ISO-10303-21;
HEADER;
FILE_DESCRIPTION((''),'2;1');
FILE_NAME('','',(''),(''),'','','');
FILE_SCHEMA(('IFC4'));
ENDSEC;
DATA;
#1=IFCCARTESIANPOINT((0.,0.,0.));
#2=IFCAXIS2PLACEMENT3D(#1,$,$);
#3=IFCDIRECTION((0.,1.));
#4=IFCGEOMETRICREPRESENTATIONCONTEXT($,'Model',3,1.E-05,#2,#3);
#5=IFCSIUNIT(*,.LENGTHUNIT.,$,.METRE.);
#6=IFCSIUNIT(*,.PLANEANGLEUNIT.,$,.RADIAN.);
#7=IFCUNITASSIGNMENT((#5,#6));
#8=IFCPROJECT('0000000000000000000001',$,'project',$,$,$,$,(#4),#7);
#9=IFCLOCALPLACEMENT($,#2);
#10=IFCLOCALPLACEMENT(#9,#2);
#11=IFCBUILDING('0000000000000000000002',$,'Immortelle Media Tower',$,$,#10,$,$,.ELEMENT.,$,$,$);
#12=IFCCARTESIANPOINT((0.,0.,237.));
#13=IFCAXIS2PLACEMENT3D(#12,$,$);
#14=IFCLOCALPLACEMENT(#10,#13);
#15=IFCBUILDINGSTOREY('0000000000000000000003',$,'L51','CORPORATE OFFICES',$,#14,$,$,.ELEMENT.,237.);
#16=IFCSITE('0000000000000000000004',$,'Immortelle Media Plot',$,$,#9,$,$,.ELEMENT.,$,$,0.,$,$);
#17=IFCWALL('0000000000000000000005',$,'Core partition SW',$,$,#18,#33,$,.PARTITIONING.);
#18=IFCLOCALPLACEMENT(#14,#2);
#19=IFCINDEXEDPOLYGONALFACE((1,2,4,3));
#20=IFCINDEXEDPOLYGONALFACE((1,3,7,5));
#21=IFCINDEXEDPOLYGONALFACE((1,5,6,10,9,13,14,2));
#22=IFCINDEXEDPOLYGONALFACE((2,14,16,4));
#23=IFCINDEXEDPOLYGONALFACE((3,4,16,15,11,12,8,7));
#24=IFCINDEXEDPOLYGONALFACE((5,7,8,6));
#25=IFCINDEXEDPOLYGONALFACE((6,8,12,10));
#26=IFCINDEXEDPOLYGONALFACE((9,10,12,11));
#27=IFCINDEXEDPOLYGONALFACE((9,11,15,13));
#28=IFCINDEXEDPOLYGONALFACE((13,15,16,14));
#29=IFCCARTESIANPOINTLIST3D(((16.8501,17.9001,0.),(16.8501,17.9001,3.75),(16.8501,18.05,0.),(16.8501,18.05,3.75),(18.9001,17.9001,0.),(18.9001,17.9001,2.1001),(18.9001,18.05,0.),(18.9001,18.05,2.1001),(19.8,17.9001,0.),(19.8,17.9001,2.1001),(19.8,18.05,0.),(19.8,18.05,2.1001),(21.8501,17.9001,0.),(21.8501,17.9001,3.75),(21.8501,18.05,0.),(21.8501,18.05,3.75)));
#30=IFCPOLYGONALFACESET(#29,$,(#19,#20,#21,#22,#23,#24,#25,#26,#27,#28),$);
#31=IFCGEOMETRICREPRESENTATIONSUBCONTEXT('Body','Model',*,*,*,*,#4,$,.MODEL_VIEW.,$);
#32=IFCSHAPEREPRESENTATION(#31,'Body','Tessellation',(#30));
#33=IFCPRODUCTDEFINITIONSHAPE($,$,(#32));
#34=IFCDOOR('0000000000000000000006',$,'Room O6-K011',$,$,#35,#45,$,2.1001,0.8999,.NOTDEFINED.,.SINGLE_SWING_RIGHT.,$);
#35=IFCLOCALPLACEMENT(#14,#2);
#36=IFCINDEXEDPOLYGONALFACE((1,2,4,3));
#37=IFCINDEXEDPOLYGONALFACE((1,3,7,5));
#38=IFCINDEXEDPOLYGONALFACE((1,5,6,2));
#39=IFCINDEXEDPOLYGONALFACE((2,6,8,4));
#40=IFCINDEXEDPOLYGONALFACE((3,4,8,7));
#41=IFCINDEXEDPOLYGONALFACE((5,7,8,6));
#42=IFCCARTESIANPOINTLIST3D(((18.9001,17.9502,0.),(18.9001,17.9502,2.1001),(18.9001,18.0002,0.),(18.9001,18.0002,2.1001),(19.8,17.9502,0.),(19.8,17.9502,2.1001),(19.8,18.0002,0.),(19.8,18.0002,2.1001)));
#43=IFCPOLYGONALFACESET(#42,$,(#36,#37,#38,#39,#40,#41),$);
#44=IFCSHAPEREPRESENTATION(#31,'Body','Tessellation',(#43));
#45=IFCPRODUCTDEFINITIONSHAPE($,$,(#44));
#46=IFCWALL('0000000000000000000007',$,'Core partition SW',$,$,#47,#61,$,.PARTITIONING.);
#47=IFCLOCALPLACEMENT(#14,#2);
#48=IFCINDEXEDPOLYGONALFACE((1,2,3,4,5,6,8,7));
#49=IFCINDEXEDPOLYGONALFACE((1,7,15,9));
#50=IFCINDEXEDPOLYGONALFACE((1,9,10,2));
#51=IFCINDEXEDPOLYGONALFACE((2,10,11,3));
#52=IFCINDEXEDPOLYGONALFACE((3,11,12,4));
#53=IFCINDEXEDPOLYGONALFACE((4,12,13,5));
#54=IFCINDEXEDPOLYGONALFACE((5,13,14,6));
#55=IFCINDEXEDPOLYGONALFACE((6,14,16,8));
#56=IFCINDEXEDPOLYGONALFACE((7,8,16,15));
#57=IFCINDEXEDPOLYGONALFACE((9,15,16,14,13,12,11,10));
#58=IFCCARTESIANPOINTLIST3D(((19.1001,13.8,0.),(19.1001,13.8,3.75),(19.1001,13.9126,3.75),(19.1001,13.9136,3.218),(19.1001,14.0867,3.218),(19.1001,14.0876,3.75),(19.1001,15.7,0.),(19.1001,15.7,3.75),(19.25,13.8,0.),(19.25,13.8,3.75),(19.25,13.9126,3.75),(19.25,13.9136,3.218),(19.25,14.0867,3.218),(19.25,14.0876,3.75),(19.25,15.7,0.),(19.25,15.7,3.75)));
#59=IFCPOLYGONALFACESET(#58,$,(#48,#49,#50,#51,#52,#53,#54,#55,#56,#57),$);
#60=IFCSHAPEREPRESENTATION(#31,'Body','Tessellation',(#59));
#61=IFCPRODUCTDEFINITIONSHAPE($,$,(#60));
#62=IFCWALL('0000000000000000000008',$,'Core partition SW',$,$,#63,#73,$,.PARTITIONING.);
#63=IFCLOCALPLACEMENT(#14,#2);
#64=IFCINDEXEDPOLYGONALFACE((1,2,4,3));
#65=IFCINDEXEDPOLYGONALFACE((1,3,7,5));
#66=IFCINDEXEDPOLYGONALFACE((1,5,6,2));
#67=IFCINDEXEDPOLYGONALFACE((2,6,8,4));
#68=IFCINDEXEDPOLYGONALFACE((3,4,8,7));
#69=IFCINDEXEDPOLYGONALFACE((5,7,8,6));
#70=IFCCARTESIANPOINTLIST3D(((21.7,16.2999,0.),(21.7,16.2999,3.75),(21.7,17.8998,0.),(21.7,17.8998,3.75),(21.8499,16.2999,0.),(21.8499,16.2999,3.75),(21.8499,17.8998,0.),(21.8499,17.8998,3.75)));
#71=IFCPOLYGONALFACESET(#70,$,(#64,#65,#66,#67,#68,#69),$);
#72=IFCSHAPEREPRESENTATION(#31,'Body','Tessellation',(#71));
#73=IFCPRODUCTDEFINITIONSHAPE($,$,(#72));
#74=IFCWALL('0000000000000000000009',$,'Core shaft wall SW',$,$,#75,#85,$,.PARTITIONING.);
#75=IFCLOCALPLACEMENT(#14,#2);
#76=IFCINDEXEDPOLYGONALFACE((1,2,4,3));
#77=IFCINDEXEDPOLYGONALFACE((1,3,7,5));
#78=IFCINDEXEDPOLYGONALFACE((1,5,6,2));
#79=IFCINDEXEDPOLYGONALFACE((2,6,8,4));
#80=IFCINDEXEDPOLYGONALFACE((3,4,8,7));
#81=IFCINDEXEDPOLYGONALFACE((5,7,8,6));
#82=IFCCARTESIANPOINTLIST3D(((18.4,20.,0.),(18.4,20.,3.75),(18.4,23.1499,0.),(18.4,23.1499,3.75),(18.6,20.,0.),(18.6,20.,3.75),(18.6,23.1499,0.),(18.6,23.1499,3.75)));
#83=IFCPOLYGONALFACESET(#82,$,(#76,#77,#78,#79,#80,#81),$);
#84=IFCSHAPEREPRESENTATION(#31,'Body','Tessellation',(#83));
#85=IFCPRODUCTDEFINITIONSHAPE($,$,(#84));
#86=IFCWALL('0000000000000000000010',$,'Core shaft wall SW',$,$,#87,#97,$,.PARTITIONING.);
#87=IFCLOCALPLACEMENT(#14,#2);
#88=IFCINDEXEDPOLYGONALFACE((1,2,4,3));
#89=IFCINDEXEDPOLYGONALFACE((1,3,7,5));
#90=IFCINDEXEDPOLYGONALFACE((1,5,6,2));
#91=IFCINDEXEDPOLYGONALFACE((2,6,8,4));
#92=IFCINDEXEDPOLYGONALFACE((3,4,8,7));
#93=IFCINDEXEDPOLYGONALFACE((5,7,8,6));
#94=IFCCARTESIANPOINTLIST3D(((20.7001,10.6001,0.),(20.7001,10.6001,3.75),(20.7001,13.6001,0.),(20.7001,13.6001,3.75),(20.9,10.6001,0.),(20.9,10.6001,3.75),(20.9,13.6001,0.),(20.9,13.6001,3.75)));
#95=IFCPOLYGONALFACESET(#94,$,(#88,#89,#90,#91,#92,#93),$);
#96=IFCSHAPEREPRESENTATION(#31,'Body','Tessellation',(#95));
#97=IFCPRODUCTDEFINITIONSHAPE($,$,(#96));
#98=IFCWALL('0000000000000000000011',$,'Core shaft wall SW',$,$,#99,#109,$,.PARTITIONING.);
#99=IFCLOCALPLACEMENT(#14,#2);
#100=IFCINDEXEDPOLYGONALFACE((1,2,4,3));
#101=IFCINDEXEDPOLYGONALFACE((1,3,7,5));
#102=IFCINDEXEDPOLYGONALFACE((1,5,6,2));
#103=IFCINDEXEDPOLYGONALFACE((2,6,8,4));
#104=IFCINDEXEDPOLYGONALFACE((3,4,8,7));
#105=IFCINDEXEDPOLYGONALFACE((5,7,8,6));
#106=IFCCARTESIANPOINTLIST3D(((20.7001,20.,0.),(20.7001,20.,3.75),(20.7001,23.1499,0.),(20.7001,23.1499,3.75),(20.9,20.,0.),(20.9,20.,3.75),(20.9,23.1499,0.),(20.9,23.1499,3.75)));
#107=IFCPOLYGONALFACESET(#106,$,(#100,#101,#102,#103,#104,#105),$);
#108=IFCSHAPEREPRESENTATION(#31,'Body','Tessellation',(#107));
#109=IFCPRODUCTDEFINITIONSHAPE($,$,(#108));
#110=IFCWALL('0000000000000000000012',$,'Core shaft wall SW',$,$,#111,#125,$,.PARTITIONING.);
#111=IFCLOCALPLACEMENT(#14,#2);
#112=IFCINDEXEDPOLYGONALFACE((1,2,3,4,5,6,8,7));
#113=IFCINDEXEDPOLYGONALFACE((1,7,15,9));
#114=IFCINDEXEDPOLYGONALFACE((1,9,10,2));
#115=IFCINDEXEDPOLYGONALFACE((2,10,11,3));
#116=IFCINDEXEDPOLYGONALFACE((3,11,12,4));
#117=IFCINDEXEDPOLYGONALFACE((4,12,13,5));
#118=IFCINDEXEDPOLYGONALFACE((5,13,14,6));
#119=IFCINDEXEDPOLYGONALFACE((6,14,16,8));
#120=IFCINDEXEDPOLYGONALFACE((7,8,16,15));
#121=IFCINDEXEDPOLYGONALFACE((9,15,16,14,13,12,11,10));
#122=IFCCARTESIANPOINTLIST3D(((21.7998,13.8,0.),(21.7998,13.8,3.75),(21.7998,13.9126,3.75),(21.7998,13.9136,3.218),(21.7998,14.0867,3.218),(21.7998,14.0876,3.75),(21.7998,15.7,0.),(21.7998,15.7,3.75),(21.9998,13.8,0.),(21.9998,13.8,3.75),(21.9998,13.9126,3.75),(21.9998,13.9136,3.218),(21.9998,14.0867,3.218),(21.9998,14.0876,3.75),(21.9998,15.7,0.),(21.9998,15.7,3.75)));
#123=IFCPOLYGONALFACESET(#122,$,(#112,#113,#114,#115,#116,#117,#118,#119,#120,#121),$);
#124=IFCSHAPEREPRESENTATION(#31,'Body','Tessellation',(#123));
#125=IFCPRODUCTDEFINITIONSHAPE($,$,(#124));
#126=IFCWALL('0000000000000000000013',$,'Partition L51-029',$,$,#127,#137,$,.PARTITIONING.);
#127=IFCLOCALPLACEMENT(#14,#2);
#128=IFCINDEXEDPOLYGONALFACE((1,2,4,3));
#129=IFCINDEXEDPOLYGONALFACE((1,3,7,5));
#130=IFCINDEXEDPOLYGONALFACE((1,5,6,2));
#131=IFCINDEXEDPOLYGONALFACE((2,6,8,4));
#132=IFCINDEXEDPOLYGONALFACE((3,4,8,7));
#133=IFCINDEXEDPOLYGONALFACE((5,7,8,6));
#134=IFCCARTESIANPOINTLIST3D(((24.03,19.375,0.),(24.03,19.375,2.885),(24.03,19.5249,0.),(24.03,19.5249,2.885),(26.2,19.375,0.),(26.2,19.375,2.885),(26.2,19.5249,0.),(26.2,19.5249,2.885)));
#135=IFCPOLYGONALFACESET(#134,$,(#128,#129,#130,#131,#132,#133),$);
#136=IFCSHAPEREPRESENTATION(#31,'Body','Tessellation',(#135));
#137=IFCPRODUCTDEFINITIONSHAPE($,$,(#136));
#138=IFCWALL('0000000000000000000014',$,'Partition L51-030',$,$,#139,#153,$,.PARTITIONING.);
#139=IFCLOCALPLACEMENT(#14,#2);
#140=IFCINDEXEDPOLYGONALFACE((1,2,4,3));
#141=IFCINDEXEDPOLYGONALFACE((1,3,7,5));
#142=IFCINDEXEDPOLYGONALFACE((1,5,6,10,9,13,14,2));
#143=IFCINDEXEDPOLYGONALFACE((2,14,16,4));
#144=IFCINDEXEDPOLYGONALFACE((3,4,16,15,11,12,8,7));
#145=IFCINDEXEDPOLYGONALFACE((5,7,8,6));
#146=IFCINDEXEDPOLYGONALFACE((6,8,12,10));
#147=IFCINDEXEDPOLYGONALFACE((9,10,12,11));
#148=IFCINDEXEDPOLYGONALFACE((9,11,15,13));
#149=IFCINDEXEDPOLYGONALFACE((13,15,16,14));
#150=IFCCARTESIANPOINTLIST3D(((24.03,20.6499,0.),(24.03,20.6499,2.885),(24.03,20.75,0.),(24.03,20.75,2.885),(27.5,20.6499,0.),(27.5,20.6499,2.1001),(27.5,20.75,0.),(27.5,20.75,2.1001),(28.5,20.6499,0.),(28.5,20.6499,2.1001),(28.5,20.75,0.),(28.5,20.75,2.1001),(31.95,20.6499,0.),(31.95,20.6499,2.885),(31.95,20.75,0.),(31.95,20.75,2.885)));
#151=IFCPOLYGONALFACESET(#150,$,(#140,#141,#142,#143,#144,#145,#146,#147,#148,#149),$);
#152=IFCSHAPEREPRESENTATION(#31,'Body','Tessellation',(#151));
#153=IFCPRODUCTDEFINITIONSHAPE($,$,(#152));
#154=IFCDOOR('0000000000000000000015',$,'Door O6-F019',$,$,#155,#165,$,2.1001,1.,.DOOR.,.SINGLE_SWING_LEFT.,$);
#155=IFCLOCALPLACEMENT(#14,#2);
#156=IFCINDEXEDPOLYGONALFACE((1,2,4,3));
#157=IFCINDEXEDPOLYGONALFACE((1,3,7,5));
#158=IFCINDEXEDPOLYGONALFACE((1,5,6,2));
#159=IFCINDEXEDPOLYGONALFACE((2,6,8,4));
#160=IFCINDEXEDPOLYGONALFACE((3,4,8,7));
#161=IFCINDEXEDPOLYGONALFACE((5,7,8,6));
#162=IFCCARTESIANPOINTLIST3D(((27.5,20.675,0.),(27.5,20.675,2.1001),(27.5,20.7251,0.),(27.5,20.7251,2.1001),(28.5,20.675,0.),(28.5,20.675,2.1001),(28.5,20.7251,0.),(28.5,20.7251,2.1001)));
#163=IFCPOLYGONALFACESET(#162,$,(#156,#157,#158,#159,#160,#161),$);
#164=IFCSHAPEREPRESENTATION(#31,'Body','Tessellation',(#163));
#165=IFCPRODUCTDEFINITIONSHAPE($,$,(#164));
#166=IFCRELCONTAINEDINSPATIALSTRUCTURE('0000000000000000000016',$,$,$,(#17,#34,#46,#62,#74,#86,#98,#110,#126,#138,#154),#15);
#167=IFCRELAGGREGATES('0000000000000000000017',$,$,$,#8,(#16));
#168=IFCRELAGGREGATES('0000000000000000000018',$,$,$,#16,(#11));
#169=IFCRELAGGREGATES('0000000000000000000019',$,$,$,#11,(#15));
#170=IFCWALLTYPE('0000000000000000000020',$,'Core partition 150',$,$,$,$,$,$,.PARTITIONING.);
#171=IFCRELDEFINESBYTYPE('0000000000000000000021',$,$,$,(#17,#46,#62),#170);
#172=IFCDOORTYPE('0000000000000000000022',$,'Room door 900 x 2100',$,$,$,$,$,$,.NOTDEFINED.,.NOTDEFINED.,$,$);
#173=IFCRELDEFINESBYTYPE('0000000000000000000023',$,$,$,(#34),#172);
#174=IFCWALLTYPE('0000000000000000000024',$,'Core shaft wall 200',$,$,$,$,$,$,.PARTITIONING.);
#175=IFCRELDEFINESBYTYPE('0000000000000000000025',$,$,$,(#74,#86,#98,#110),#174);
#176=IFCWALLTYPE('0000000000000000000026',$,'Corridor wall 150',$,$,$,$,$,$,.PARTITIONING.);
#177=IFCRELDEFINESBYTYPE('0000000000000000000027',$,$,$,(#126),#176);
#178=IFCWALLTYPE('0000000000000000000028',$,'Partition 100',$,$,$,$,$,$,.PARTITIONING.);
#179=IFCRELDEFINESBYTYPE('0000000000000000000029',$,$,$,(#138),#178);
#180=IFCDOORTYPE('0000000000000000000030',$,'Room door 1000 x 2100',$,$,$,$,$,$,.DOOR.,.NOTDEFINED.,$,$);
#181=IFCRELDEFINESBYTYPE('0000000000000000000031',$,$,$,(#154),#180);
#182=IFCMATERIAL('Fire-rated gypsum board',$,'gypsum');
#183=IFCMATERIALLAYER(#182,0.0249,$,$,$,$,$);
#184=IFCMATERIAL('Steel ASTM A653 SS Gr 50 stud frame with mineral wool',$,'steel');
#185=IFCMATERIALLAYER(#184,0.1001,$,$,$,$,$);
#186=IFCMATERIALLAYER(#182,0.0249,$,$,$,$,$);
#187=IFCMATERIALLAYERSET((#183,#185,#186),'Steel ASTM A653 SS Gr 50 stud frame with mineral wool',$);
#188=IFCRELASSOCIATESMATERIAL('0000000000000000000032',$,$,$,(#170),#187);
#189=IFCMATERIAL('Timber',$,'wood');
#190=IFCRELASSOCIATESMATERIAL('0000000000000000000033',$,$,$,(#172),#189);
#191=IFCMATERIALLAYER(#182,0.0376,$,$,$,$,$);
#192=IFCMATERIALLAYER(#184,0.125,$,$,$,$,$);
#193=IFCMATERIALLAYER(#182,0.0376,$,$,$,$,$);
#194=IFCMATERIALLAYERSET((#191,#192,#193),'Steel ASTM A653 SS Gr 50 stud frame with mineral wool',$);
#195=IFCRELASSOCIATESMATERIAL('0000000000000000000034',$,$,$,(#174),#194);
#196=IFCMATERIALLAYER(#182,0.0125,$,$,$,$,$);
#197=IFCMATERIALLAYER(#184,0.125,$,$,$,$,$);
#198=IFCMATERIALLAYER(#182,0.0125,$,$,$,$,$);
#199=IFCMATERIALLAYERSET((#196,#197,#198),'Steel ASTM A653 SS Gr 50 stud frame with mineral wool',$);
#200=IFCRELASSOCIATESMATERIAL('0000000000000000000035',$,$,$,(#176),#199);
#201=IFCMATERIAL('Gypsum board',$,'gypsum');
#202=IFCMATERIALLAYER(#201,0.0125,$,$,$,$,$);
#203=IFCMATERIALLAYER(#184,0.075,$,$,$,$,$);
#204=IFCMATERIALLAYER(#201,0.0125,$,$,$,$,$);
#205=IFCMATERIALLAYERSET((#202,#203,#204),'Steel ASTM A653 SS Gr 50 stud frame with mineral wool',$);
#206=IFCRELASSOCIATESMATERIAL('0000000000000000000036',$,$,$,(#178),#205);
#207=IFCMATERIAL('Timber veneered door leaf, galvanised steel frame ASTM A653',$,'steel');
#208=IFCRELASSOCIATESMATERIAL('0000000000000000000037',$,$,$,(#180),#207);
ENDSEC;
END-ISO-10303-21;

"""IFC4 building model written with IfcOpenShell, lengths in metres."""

from ifc_helpers import new_model, si_unit, direction, frame, frame_2d, origin, place, context, subcontext, project, spatial, polyline, rectangle, outline, extrude, material, layer, layer_set, type_object, element, fill, save


model = new_model("IFC4")

# Units and contexts
model_context = context("Model", 3, precision=1e-05, world=origin(), true_north=direction((0.0, 1.0)))
body_context = subcontext(model_context, "Body", "Model", "MODEL_VIEW")
ifc_project = project(units=[si_unit("LENGTHUNIT", "METRE"), si_unit("PLANEANGLEUNIT", "RADIAN")], contexts=[model_context])

# Site, building, storey
site_placement = place(None, origin())
site = spatial("IfcSite", under=ifc_project, at=site_placement, Name="Immortelle Media Plot", CompositionType="ELEMENT", RefElevation=0.0)
building_placement = place(site_placement, origin())
building = spatial("IfcBuilding", under=site, at=building_placement, Name="Immortelle Media Tower", CompositionType="ELEMENT")
storey_placement = place(building_placement, frame((0.0, 0.0, 237.0)))
storey = spatial("IfcBuildingStorey", under=building, at=storey_placement, Name="L51", Description="CORPORATE OFFICES", CompositionType="ELEMENT", Elevation=237.0)

# Shared definitions
ifc_material_1 = material(Name="Fire-rated gypsum board", Category="gypsum")
ifc_layer_1 = layer(ifc_material_1, 0.0249)
ifc_material_2 = material(Name="Steel ASTM A653 SS Gr 50 stud frame with mineral wool", Category="steel")
ifc_layer_2 = layer(ifc_material_2, 0.1001)
ifc_layer_3 = layer(ifc_material_1, 0.0249)
ifc_layer_set_1 = layer_set([ifc_layer_1, ifc_layer_2, ifc_layer_3], Name="Steel ASTM A653 SS Gr 50 stud frame with mineral wool")
wall_type_1 = type_object("IfcWallType", Name="Core partition 150", PredefinedType="PARTITIONING", material=ifc_layer_set_1)

# Wall, opening, door
wall_1_placement = place(storey_placement, frame((16.8501, 17.9751, 0.0), z_axis=(0.0, 0.0, 1.0), x_axis=(1.0, 0.0, 0.0)))
wall_1 = element("IfcWall", 1, at=wall_1_placement, inside=storey, type_object=wall_type_1, Name="Core partition SW", PredefinedType="PARTITIONING", context=body_context, shape_type="SweptSolid", body=[
    extrude(rectangle(XDim=5.0, YDim=0.1499, at=frame_2d((2.5, 0.0))), origin(), (0.0, 0.0, 1.0), 3.75),
])
opening_1_placement = place(wall_1_placement, frame((2.95, 0.0, 0.0), z_axis=(0.0, 0.0, 1.0), x_axis=(-1.0, 0.0, 0.0)))
opening_1 = element("IfcOpeningElement", 2, at=opening_1_placement, cuts=wall_1, PredefinedType="OPENING", context=body_context, shape_type="SweptSolid", body=[
    extrude(rectangle(XDim=0.8999, YDim=2.1001, at=frame_2d((0.45, 1.05))), frame((0.0, 0.085, 0.0), z_axis=(0.0, -1.0, 0.0), x_axis=(1.0, 0.0, 0.0)), (0.0, 0.0, 1.0), 0.1699),
])
ifc_material_3 = material(Name="Timber", Category="wood")
door_type_1 = type_object("IfcDoorType", Name="Room door 900 x 2100", OperationType="NOTDEFINED", PredefinedType="NOTDEFINED", material=ifc_material_3)
door_1_placement = place(opening_1_placement, origin())
door_1 = element("IfcDoor", 3, at=door_1_placement, inside=storey, type_object=door_type_1, Name="Room O6-K011", OperationType="SINGLE_SWING_RIGHT", OverallHeight=2.1001, OverallWidth=0.8999, PredefinedType="NOTDEFINED", context=body_context, shape_type="SweptSolid", body=[
    extrude(rectangle(XDim=0.8999, YDim=2.1001, at=frame_2d((0.45, 1.05))), frame((0.0, 0.0249, 0.0), z_axis=(0.0, -1.0, 0.0), x_axis=(1.0, 0.0, 0.0)), (0.0, 0.0, 1.0), 0.05),
])
fill(opening_1, door_1)

# Walls
wall_2_placement = place(storey_placement, frame((19.175, 13.8, 0.0), z_axis=(0.0, 0.0, 1.0), x_axis=(0.0, 1.0, 0.0)))
element("IfcWall", 4, at=wall_2_placement, inside=storey, type_object=wall_type_1, Name="Core partition SW", PredefinedType="PARTITIONING", context=body_context, shape_type="SweptSolid", body=[
    extrude(outline(polyline([(0.0, 0.0), (1.8999, 0.0), (1.8999, 3.75), (0.2876, 3.75), (0.2866, 3.218), (0.1135, 3.218), (0.1125, 3.75), (0.0, 3.75), (0.0, 0.0)])), frame((0.0, 0.075, 0.0), z_axis=(0.0, -1.0, 0.0), x_axis=(1.0, 0.0, 0.0)), (0.0, 0.0, 1.0), 0.1499),
])
wall_3_placement = place(storey_placement, frame((21.7749, 16.3, 0.0), z_axis=(0.0, 0.0, 1.0), x_axis=(0.0, 1.0, 0.0)))
element("IfcWall", 5, at=wall_3_placement, inside=storey, type_object=wall_type_1, Name="Core partition SW", PredefinedType="PARTITIONING", context=body_context, shape_type="SweptSolid", body=[
    extrude(rectangle(XDim=1.5999, YDim=0.1499, at=frame_2d((0.7998, 0.0))), origin(), (0.0, 0.0, 1.0), 3.75),
])
ifc_layer_4 = layer(ifc_material_1, 0.0376)
ifc_layer_5 = layer(ifc_material_2, 0.125)
ifc_layer_6 = layer(ifc_material_1, 0.0376)
ifc_layer_set_2 = layer_set([ifc_layer_4, ifc_layer_5, ifc_layer_6], Name="Steel ASTM A653 SS Gr 50 stud frame with mineral wool")
wall_type_2 = type_object("IfcWallType", Name="Core shaft wall 200", PredefinedType="PARTITIONING", material=ifc_layer_set_2)
wall_4_placement = place(storey_placement, frame((18.5, 20.0, 0.0), z_axis=(0.0, 0.0, 1.0), x_axis=(0.0, 1.0, 0.0)))
element("IfcWall", 6, at=wall_4_placement, inside=storey, type_object=wall_type_2, Name="Core shaft wall SW", PredefinedType="PARTITIONING", context=body_context, shape_type="SweptSolid", body=[
    extrude(rectangle(XDim=3.1499, YDim=0.2, at=frame_2d((1.575, 0.0))), origin(), (0.0, 0.0, 1.0), 3.75),
])
wall_5_placement = place(storey_placement, frame((20.8, 10.6001, 0.0), z_axis=(0.0, 0.0, 1.0), x_axis=(0.0, 1.0, 0.0)))
element("IfcWall", 7, at=wall_5_placement, inside=storey, type_object=wall_type_2, Name="Core shaft wall SW", PredefinedType="PARTITIONING", context=body_context, shape_type="SweptSolid", body=[
    extrude(rectangle(XDim=3.0, YDim=0.2, at=frame_2d((1.5, 0.0))), origin(), (0.0, 0.0, 1.0), 3.75),
])
wall_6_placement = place(storey_placement, frame((20.8, 20.0, 0.0), z_axis=(0.0, 0.0, 1.0), x_axis=(0.0, 1.0, 0.0)))
element("IfcWall", 8, at=wall_6_placement, inside=storey, type_object=wall_type_2, Name="Core shaft wall SW", PredefinedType="PARTITIONING", context=body_context, shape_type="SweptSolid", body=[
    extrude(rectangle(XDim=3.1499, YDim=0.2, at=frame_2d((1.575, 0.0))), origin(), (0.0, 0.0, 1.0), 3.75),
])
wall_7_placement = place(storey_placement, frame((21.8999, 13.8, 0.0), z_axis=(0.0, 0.0, 1.0), x_axis=(0.0, 1.0, 0.0)))
element("IfcWall", 9, at=wall_7_placement, inside=storey, type_object=wall_type_2, Name="Core shaft wall SW", PredefinedType="PARTITIONING", context=body_context, shape_type="SweptSolid", body=[
    extrude(outline(polyline([(0.0, 0.0), (1.8999, 0.0), (1.8999, 3.75), (0.2876, 3.75), (0.2866, 3.218), (0.1135, 3.218), (0.1125, 3.75), (0.0, 3.75), (0.0, 0.0)])), frame((0.0, 0.1001, 0.0), z_axis=(0.0, -1.0, 0.0), x_axis=(1.0, 0.0, 0.0)), (0.0, 0.0, 1.0), 0.2),
])
ifc_layer_7 = layer(ifc_material_1, 0.0125)
ifc_layer_8 = layer(ifc_material_2, 0.125)
ifc_layer_9 = layer(ifc_material_1, 0.0125)
ifc_layer_set_3 = layer_set([ifc_layer_7, ifc_layer_8, ifc_layer_9], Name="Steel ASTM A653 SS Gr 50 stud frame with mineral wool")
wall_type_3 = type_object("IfcWallType", Name="Corridor wall 150", PredefinedType="PARTITIONING", material=ifc_layer_set_3)
wall_8_placement = place(storey_placement, frame((24.03, 19.45, 0.0), z_axis=(0.0, 0.0, 1.0), x_axis=(1.0, 0.0, 0.0)))
element("IfcWall", 10, at=wall_8_placement, inside=storey, type_object=wall_type_3, Name="Partition L51-029", PredefinedType="PARTITIONING", context=body_context, shape_type="SweptSolid", body=[
    extrude(rectangle(XDim=2.1699, YDim=0.1499, at=frame_2d((1.085, 0.0))), origin(), (0.0, 0.0, 1.0), 2.885),
])

# Wall, opening, door
ifc_material_4 = material(Name="Gypsum board", Category="gypsum")
ifc_layer_10 = layer(ifc_material_4, 0.0125)
ifc_layer_11 = layer(ifc_material_2, 0.075)
ifc_layer_12 = layer(ifc_material_4, 0.0125)
ifc_layer_set_4 = layer_set([ifc_layer_10, ifc_layer_11, ifc_layer_12], Name="Steel ASTM A653 SS Gr 50 stud frame with mineral wool")
wall_type_4 = type_object("IfcWallType", Name="Partition 100", PredefinedType="PARTITIONING", material=ifc_layer_set_4)
wall_9_placement = place(storey_placement, frame((24.03, 20.7, 0.0), z_axis=(0.0, 0.0, 1.0), x_axis=(1.0, 0.0, 0.0)))
wall_9 = element("IfcWall", 11, at=wall_9_placement, inside=storey, type_object=wall_type_4, Name="Partition L51-030", PredefinedType="PARTITIONING", context=body_context, shape_type="SweptSolid", body=[
    extrude(rectangle(XDim=7.9199, YDim=0.1001, at=frame_2d((3.96, 0.0))), origin(), (0.0, 0.0, 1.0), 2.885),
])
opening_2_placement = place(wall_9_placement, frame((4.47, 0.0, 0.0), z_axis=(0.0, 0.0, 1.0), x_axis=(-1.0, 0.0, 0.0)))
opening_2 = element("IfcOpeningElement", 12, at=opening_2_placement, cuts=wall_9, PredefinedType="OPENING", context=body_context, shape_type="SweptSolid", body=[
    extrude(rectangle(XDim=1.0, YDim=2.1001, at=frame_2d((0.5, 1.05))), frame((0.0, 0.0601, 0.0), z_axis=(0.0, -1.0, 0.0), x_axis=(1.0, 0.0, 0.0)), (0.0, 0.0, 1.0), 0.1201),
])
ifc_material_5 = material(Name="Timber veneered door leaf, galvanised steel frame ASTM A653", Category="steel")
door_type_2 = type_object("IfcDoorType", Name="Room door 1000 x 2100", OperationType="NOTDEFINED", PredefinedType="DOOR", material=ifc_material_5)
door_2_placement = place(opening_2_placement, origin())
door_2 = element("IfcDoor", 13, at=door_2_placement, inside=storey, type_object=door_type_2, Name="Door O6-F019", OperationType="SINGLE_SWING_LEFT", OverallHeight=2.1001, OverallWidth=1.0, PredefinedType="DOOR", context=body_context, shape_type="SweptSolid", body=[
    extrude(rectangle(XDim=1.0, YDim=2.1001, at=frame_2d((0.5, 1.05))), frame((0.0, 0.0249, 0.0), z_axis=(0.0, -1.0, 0.0), x_axis=(1.0, 0.0, 0.0)), (0.0, 0.0, 1.0), 0.05),
])
fill(opening_2, door_2)

save(model, "model.ifc")
